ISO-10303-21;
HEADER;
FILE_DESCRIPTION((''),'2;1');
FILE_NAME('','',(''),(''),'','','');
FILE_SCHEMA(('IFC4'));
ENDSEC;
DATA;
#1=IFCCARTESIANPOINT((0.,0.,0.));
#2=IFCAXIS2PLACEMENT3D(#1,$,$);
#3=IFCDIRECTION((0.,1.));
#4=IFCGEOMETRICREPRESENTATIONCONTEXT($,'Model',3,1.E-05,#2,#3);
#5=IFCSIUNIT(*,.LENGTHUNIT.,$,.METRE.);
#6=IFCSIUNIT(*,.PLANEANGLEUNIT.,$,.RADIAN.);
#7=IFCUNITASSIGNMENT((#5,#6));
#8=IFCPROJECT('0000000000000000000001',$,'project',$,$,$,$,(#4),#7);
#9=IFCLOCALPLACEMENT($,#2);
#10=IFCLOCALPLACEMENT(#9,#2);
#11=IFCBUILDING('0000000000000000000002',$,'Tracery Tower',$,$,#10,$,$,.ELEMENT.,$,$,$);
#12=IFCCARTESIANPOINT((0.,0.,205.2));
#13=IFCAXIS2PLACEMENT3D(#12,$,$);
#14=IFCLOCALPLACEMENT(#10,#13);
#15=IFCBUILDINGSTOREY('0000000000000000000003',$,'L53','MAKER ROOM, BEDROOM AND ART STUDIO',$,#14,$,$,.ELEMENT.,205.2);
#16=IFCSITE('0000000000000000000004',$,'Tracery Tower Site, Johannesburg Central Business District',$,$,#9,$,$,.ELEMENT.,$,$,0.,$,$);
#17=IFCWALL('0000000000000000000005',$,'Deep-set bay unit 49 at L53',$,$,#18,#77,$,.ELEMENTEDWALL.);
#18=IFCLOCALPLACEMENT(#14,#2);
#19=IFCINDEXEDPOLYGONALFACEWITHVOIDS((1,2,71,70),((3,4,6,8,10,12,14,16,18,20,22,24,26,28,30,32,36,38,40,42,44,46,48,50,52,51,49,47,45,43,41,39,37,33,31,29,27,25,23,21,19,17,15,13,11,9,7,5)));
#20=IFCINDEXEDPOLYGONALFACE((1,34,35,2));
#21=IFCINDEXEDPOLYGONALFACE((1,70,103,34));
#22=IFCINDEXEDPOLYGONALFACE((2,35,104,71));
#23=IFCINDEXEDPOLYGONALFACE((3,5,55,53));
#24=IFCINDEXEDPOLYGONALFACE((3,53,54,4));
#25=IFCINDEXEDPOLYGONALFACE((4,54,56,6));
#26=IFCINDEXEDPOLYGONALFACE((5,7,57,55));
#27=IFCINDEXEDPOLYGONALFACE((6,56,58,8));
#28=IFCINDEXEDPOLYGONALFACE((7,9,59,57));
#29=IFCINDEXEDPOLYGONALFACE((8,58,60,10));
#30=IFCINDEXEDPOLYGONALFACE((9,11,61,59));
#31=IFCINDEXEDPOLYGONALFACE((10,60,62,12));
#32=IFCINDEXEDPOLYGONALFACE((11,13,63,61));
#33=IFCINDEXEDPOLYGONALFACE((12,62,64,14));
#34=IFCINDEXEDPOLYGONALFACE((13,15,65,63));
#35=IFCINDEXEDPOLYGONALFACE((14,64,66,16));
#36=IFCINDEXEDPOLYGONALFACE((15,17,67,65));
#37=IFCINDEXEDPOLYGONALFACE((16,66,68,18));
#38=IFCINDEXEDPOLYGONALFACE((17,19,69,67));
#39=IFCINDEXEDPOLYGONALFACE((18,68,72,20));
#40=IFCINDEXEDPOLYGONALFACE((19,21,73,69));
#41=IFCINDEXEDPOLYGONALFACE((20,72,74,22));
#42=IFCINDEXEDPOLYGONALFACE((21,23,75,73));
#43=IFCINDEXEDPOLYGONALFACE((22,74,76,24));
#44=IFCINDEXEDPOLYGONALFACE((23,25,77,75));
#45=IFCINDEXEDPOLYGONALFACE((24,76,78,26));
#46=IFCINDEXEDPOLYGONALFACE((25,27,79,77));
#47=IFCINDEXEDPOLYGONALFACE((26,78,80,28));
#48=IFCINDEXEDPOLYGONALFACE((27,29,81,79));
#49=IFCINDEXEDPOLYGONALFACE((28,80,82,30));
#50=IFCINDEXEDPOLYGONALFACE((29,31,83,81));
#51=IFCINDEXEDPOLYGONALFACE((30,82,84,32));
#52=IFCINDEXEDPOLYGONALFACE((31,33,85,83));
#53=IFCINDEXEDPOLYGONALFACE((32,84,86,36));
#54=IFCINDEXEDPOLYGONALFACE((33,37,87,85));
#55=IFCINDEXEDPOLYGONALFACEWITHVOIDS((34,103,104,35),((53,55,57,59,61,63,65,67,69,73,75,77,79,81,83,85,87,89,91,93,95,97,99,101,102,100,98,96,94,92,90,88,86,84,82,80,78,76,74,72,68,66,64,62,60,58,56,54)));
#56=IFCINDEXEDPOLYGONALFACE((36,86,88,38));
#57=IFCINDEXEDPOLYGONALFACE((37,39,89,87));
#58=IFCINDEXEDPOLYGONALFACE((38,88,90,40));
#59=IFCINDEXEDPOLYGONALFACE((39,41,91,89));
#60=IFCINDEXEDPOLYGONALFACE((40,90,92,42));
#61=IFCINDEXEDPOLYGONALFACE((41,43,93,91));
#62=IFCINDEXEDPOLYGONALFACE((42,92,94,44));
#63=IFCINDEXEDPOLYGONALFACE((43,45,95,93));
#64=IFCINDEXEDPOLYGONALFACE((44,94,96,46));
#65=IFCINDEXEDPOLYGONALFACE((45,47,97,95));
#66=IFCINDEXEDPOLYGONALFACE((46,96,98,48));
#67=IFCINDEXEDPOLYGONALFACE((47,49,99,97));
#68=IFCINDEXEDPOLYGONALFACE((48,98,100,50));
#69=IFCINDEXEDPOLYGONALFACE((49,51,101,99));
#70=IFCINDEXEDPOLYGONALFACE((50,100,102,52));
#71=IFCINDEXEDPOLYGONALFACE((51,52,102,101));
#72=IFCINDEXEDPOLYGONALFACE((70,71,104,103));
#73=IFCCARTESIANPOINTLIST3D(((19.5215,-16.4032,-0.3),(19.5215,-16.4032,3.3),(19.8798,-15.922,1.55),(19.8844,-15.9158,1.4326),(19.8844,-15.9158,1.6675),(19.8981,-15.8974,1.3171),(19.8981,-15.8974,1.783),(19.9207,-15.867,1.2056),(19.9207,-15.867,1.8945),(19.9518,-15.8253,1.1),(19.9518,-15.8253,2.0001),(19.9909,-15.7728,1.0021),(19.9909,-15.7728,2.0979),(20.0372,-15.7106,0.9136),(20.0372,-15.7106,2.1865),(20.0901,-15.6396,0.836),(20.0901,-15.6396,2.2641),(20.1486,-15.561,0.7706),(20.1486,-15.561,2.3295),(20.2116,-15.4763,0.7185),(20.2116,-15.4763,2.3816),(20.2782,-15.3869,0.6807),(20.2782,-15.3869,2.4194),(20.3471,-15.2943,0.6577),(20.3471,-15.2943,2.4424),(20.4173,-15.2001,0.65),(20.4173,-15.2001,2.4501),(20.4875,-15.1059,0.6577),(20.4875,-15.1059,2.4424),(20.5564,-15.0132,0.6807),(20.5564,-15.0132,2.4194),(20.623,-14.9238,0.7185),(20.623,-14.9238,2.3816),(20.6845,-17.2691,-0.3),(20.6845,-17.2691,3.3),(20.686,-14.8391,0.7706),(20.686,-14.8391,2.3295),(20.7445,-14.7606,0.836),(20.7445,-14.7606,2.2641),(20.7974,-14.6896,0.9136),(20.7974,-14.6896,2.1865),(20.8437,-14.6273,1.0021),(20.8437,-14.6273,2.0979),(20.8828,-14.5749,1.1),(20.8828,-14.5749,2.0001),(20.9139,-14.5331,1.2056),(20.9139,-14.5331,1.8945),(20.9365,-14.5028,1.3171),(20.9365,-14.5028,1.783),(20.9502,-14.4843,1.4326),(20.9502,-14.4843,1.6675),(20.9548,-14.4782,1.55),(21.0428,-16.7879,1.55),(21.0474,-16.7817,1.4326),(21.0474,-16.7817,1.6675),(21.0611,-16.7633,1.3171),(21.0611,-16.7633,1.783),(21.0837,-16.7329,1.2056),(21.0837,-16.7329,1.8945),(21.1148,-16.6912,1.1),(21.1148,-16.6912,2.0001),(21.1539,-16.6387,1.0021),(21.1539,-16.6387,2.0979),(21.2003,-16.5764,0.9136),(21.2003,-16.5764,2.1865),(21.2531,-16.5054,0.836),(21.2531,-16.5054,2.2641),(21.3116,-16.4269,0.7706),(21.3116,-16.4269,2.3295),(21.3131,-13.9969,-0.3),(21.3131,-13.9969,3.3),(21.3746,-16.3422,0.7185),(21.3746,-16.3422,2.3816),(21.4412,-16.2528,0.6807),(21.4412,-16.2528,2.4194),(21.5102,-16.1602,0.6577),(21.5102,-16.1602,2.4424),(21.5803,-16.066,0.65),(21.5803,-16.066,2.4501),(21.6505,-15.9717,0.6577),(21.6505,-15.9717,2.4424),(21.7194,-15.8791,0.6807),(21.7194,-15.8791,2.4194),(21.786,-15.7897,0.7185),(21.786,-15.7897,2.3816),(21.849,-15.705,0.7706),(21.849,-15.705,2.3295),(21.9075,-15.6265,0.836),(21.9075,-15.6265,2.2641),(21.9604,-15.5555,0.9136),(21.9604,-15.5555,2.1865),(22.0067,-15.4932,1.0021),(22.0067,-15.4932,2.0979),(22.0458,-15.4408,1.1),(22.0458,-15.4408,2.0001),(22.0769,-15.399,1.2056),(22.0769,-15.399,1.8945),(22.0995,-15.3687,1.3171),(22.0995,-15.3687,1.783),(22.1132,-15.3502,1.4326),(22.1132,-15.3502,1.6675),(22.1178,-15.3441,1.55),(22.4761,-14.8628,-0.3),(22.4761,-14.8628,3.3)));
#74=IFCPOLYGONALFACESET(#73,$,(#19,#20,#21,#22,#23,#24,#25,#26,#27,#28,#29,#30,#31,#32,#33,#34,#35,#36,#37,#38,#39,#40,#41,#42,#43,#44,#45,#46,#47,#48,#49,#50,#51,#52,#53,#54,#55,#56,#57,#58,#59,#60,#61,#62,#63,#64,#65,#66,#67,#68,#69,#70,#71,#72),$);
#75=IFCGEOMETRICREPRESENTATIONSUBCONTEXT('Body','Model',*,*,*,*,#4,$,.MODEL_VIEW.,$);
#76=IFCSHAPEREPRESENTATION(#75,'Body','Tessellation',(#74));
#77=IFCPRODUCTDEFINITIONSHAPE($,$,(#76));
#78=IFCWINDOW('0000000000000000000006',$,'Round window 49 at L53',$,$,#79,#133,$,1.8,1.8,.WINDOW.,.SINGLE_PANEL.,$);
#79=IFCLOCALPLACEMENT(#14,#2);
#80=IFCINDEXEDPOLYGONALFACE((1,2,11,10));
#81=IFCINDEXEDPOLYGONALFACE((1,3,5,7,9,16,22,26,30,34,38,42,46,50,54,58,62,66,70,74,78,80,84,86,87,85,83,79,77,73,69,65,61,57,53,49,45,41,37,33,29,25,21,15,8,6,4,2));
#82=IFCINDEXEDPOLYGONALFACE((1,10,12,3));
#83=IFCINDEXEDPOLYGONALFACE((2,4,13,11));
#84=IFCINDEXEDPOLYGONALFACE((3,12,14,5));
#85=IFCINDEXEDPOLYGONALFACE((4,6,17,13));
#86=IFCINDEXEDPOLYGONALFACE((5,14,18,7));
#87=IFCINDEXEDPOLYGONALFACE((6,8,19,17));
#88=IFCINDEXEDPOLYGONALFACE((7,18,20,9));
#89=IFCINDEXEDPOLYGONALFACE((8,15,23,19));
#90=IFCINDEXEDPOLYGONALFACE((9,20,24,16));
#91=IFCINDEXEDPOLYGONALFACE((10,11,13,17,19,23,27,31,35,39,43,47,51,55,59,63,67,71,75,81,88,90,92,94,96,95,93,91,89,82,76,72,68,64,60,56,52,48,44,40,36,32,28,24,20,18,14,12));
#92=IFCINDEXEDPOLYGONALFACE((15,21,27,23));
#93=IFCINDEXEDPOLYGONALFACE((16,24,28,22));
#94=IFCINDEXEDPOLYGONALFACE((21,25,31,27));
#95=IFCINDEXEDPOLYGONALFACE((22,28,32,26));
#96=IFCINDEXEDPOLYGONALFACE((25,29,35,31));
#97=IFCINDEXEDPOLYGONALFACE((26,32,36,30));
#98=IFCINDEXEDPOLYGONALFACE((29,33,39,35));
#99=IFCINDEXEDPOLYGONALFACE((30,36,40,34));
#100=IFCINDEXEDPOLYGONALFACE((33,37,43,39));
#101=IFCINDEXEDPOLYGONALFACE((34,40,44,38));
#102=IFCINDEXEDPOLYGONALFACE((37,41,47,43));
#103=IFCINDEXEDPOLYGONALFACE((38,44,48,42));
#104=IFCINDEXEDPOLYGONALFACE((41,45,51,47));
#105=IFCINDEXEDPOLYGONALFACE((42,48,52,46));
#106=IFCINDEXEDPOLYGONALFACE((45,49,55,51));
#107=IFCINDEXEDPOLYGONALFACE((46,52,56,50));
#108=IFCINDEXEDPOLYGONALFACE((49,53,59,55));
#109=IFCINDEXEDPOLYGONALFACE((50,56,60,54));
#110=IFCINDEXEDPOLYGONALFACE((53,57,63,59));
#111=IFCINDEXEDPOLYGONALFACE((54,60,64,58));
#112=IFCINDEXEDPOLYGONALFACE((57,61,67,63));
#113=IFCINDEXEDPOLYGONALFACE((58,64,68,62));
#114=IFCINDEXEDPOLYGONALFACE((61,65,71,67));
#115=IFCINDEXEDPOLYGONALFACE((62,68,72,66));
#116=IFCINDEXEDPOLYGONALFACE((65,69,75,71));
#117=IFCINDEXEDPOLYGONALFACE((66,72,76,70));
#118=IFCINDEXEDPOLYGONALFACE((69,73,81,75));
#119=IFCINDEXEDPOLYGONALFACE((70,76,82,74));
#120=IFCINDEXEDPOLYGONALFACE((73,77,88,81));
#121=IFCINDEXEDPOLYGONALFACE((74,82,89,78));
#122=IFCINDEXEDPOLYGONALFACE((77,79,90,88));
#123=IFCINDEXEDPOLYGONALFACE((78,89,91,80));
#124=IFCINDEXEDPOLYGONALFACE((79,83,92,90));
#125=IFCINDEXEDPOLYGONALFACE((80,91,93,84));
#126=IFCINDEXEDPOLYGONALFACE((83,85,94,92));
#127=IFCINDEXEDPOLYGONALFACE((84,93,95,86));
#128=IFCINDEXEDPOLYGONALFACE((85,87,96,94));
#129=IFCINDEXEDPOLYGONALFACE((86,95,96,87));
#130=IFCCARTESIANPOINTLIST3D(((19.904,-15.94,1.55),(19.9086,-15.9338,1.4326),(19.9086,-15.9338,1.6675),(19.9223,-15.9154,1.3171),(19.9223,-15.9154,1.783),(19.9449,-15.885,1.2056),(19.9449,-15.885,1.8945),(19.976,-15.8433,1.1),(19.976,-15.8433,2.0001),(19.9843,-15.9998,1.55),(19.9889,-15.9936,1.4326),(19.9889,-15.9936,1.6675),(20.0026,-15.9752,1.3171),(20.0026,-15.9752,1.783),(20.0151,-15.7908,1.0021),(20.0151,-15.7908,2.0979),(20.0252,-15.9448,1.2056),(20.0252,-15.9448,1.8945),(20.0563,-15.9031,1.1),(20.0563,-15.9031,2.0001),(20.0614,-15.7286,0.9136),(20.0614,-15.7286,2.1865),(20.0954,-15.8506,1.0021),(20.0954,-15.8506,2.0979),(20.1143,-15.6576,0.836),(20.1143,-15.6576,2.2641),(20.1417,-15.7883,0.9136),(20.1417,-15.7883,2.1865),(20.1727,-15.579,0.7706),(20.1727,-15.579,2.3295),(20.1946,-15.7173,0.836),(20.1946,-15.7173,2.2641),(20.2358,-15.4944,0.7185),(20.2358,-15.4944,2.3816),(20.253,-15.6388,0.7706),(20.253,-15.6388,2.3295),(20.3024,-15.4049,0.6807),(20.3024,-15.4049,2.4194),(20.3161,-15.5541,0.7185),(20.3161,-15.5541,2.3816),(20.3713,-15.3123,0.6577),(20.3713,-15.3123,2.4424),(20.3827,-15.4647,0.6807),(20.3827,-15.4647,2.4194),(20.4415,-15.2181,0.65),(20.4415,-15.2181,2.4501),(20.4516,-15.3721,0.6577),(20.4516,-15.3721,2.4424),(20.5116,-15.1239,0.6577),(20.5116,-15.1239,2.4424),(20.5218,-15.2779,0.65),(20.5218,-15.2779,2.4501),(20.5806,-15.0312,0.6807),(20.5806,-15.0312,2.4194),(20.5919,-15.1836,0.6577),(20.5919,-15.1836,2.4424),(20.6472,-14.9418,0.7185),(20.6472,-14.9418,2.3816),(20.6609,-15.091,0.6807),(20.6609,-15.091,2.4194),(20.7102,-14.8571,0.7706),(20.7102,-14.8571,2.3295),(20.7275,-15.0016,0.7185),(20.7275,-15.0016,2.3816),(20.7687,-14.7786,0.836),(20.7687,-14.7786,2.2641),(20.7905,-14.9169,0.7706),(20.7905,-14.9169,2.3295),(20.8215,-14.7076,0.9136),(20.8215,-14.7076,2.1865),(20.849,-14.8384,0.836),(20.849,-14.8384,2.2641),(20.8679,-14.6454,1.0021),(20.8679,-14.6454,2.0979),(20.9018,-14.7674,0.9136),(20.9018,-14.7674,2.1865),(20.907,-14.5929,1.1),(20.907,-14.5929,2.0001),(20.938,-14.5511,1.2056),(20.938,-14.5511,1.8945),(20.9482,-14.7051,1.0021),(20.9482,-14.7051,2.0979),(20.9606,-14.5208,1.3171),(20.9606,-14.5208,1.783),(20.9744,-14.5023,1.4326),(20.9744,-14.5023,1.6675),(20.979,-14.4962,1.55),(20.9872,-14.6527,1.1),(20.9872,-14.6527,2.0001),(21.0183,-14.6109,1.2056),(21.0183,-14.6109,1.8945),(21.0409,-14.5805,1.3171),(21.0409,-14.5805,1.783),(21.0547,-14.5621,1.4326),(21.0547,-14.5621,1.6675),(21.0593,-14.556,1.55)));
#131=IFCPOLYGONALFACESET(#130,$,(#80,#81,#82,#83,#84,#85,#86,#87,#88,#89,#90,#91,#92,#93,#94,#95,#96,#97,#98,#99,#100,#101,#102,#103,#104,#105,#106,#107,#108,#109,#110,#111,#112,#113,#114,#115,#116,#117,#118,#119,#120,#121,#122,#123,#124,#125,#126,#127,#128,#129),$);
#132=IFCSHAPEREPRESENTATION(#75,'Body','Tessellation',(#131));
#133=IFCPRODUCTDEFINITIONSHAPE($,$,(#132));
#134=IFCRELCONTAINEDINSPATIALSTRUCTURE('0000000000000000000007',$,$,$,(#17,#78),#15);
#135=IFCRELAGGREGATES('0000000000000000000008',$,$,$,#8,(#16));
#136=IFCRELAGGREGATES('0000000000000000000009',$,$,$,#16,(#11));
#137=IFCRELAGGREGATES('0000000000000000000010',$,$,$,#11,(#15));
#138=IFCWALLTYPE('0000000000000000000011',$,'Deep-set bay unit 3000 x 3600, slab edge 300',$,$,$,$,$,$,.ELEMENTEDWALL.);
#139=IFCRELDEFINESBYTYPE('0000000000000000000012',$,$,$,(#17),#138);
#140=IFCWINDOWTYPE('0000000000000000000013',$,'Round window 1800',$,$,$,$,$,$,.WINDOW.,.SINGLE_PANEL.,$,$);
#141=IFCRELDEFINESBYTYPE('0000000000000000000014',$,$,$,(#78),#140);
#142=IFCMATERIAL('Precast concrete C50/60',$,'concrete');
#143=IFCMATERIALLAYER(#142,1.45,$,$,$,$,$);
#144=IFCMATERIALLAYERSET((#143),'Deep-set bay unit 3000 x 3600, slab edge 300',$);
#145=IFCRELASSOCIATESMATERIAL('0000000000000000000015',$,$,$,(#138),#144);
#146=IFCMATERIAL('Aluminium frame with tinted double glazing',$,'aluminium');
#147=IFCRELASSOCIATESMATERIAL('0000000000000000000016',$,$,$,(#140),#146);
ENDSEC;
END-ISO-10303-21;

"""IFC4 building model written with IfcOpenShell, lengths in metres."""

from ifc_helpers import new_model, si_unit, direction, frame, frame_2d, origin, origin_2d, place, context, subcontext, project, spatial, rectangle, circle, extrude, material, layer, layer_set, type_object, element, fill, save


model = new_model("IFC4")

# Units and contexts
model_context = context("Model", 3, precision=1e-05, world=origin(), true_north=direction((0.0, 1.0)))
body_context = subcontext(model_context, "Body", "Model", "MODEL_VIEW")
ifc_project = project(units=[si_unit("LENGTHUNIT", "METRE"), si_unit("PLANEANGLEUNIT", "RADIAN")], contexts=[model_context])

# Site, building, storey
site_placement = place(None, origin())
site = spatial("IfcSite", under=ifc_project, at=site_placement, Name="Tracery Tower Site, Johannesburg Central Business District", CompositionType="ELEMENT", RefElevation=0.0)
building_placement = place(site_placement, origin())
building = spatial("IfcBuilding", under=site, at=building_placement, Name="Tracery Tower", CompositionType="ELEMENT")
storey_placement = place(building_placement, frame((0.0, 0.0, 205.2)))
storey = spatial("IfcBuildingStorey", under=building, at=storey_placement, Name="L53", Description="MAKER ROOM, BEDROOM AND ART STUDIO", CompositionType="ELEMENT", Elevation=205.2)

# Wall, opening, window
ifc_material_1 = material(Name="Precast concrete C50/60", Category="concrete")
ifc_layer_1 = layer(ifc_material_1, 1.45)
ifc_layer_set_1 = layer_set([ifc_layer_1], Name="Deep-set bay unit 3000 x 3600, slab edge 300")
wall_type_1 = type_object("IfcWallType", Name="Deep-set bay unit 3000 x 3600, slab edge 300", PredefinedType="ELEMENTEDWALL", material=ifc_layer_set_1)
ifc_material_2 = material(Name="Aluminium frame with tinted double glazing", Category="aluminium")
window_type = type_object("IfcWindowType", Name="Round window 1800", PartitioningType="SINGLE_PANEL", PredefinedType="WINDOW", material=ifc_material_2)
wall_1_placement = place(storey_placement, frame((20.103, -16.8362, -0.3), z_axis=(0.0, 0.0, 1.0), x_axis=(0.597184, 0.802104, 0.0)))
wall_1 = element("IfcWall", 1, at=wall_1_placement, inside=storey, type_object=wall_type_1, Name="Deep-set bay unit 49 at L53", PredefinedType="ELEMENTEDWALL", context=body_context, shape_type="SweptSolid", body=[
    extrude(rectangle(XDim=3.0, YDim=1.45, at=frame_2d((1.5, 0.0))), origin(), (0.0, 0.0, 1.0), 3.6001),
])
opening_1_placement = place(wall_1_placement, frame((1.5, 0.0, 1.8501)))
opening_1 = element("IfcOpeningElement", 2, at=opening_1_placement, cuts=wall_1, PredefinedType="OPENING", context=body_context, shape_type="SweptSolid", body=[
    extrude(circle(Radius=0.9, at=origin_2d()), frame((0.0, 0.7349, 0.0), z_axis=(0.0, -1.0, 0.0), x_axis=(1.0, 0.0, 0.0)), (0.0, 0.0, 1.0), 1.47),
])
window_1_placement = place(opening_1_placement, origin())
window_1 = element("IfcWindow", 3, at=window_1_placement, inside=storey, type_object=window_type, Name="Round window 49 at L53", OverallHeight=1.8, OverallWidth=1.8, PartitioningType="SINGLE_PANEL", PredefinedType="WINDOW", context=body_context, shape_type="SweptSolid", body=[
    extrude(circle(Radius=0.9, at=origin_2d()), frame((0.0, 0.6948, 0.0), z_axis=(0.0, -1.0, 0.0), x_axis=(1.0, 0.0, 0.0)), (0.0, 0.0, 1.0), 0.1001),
])
fill(opening_1, window_1)

save(model, "model.ifc")
